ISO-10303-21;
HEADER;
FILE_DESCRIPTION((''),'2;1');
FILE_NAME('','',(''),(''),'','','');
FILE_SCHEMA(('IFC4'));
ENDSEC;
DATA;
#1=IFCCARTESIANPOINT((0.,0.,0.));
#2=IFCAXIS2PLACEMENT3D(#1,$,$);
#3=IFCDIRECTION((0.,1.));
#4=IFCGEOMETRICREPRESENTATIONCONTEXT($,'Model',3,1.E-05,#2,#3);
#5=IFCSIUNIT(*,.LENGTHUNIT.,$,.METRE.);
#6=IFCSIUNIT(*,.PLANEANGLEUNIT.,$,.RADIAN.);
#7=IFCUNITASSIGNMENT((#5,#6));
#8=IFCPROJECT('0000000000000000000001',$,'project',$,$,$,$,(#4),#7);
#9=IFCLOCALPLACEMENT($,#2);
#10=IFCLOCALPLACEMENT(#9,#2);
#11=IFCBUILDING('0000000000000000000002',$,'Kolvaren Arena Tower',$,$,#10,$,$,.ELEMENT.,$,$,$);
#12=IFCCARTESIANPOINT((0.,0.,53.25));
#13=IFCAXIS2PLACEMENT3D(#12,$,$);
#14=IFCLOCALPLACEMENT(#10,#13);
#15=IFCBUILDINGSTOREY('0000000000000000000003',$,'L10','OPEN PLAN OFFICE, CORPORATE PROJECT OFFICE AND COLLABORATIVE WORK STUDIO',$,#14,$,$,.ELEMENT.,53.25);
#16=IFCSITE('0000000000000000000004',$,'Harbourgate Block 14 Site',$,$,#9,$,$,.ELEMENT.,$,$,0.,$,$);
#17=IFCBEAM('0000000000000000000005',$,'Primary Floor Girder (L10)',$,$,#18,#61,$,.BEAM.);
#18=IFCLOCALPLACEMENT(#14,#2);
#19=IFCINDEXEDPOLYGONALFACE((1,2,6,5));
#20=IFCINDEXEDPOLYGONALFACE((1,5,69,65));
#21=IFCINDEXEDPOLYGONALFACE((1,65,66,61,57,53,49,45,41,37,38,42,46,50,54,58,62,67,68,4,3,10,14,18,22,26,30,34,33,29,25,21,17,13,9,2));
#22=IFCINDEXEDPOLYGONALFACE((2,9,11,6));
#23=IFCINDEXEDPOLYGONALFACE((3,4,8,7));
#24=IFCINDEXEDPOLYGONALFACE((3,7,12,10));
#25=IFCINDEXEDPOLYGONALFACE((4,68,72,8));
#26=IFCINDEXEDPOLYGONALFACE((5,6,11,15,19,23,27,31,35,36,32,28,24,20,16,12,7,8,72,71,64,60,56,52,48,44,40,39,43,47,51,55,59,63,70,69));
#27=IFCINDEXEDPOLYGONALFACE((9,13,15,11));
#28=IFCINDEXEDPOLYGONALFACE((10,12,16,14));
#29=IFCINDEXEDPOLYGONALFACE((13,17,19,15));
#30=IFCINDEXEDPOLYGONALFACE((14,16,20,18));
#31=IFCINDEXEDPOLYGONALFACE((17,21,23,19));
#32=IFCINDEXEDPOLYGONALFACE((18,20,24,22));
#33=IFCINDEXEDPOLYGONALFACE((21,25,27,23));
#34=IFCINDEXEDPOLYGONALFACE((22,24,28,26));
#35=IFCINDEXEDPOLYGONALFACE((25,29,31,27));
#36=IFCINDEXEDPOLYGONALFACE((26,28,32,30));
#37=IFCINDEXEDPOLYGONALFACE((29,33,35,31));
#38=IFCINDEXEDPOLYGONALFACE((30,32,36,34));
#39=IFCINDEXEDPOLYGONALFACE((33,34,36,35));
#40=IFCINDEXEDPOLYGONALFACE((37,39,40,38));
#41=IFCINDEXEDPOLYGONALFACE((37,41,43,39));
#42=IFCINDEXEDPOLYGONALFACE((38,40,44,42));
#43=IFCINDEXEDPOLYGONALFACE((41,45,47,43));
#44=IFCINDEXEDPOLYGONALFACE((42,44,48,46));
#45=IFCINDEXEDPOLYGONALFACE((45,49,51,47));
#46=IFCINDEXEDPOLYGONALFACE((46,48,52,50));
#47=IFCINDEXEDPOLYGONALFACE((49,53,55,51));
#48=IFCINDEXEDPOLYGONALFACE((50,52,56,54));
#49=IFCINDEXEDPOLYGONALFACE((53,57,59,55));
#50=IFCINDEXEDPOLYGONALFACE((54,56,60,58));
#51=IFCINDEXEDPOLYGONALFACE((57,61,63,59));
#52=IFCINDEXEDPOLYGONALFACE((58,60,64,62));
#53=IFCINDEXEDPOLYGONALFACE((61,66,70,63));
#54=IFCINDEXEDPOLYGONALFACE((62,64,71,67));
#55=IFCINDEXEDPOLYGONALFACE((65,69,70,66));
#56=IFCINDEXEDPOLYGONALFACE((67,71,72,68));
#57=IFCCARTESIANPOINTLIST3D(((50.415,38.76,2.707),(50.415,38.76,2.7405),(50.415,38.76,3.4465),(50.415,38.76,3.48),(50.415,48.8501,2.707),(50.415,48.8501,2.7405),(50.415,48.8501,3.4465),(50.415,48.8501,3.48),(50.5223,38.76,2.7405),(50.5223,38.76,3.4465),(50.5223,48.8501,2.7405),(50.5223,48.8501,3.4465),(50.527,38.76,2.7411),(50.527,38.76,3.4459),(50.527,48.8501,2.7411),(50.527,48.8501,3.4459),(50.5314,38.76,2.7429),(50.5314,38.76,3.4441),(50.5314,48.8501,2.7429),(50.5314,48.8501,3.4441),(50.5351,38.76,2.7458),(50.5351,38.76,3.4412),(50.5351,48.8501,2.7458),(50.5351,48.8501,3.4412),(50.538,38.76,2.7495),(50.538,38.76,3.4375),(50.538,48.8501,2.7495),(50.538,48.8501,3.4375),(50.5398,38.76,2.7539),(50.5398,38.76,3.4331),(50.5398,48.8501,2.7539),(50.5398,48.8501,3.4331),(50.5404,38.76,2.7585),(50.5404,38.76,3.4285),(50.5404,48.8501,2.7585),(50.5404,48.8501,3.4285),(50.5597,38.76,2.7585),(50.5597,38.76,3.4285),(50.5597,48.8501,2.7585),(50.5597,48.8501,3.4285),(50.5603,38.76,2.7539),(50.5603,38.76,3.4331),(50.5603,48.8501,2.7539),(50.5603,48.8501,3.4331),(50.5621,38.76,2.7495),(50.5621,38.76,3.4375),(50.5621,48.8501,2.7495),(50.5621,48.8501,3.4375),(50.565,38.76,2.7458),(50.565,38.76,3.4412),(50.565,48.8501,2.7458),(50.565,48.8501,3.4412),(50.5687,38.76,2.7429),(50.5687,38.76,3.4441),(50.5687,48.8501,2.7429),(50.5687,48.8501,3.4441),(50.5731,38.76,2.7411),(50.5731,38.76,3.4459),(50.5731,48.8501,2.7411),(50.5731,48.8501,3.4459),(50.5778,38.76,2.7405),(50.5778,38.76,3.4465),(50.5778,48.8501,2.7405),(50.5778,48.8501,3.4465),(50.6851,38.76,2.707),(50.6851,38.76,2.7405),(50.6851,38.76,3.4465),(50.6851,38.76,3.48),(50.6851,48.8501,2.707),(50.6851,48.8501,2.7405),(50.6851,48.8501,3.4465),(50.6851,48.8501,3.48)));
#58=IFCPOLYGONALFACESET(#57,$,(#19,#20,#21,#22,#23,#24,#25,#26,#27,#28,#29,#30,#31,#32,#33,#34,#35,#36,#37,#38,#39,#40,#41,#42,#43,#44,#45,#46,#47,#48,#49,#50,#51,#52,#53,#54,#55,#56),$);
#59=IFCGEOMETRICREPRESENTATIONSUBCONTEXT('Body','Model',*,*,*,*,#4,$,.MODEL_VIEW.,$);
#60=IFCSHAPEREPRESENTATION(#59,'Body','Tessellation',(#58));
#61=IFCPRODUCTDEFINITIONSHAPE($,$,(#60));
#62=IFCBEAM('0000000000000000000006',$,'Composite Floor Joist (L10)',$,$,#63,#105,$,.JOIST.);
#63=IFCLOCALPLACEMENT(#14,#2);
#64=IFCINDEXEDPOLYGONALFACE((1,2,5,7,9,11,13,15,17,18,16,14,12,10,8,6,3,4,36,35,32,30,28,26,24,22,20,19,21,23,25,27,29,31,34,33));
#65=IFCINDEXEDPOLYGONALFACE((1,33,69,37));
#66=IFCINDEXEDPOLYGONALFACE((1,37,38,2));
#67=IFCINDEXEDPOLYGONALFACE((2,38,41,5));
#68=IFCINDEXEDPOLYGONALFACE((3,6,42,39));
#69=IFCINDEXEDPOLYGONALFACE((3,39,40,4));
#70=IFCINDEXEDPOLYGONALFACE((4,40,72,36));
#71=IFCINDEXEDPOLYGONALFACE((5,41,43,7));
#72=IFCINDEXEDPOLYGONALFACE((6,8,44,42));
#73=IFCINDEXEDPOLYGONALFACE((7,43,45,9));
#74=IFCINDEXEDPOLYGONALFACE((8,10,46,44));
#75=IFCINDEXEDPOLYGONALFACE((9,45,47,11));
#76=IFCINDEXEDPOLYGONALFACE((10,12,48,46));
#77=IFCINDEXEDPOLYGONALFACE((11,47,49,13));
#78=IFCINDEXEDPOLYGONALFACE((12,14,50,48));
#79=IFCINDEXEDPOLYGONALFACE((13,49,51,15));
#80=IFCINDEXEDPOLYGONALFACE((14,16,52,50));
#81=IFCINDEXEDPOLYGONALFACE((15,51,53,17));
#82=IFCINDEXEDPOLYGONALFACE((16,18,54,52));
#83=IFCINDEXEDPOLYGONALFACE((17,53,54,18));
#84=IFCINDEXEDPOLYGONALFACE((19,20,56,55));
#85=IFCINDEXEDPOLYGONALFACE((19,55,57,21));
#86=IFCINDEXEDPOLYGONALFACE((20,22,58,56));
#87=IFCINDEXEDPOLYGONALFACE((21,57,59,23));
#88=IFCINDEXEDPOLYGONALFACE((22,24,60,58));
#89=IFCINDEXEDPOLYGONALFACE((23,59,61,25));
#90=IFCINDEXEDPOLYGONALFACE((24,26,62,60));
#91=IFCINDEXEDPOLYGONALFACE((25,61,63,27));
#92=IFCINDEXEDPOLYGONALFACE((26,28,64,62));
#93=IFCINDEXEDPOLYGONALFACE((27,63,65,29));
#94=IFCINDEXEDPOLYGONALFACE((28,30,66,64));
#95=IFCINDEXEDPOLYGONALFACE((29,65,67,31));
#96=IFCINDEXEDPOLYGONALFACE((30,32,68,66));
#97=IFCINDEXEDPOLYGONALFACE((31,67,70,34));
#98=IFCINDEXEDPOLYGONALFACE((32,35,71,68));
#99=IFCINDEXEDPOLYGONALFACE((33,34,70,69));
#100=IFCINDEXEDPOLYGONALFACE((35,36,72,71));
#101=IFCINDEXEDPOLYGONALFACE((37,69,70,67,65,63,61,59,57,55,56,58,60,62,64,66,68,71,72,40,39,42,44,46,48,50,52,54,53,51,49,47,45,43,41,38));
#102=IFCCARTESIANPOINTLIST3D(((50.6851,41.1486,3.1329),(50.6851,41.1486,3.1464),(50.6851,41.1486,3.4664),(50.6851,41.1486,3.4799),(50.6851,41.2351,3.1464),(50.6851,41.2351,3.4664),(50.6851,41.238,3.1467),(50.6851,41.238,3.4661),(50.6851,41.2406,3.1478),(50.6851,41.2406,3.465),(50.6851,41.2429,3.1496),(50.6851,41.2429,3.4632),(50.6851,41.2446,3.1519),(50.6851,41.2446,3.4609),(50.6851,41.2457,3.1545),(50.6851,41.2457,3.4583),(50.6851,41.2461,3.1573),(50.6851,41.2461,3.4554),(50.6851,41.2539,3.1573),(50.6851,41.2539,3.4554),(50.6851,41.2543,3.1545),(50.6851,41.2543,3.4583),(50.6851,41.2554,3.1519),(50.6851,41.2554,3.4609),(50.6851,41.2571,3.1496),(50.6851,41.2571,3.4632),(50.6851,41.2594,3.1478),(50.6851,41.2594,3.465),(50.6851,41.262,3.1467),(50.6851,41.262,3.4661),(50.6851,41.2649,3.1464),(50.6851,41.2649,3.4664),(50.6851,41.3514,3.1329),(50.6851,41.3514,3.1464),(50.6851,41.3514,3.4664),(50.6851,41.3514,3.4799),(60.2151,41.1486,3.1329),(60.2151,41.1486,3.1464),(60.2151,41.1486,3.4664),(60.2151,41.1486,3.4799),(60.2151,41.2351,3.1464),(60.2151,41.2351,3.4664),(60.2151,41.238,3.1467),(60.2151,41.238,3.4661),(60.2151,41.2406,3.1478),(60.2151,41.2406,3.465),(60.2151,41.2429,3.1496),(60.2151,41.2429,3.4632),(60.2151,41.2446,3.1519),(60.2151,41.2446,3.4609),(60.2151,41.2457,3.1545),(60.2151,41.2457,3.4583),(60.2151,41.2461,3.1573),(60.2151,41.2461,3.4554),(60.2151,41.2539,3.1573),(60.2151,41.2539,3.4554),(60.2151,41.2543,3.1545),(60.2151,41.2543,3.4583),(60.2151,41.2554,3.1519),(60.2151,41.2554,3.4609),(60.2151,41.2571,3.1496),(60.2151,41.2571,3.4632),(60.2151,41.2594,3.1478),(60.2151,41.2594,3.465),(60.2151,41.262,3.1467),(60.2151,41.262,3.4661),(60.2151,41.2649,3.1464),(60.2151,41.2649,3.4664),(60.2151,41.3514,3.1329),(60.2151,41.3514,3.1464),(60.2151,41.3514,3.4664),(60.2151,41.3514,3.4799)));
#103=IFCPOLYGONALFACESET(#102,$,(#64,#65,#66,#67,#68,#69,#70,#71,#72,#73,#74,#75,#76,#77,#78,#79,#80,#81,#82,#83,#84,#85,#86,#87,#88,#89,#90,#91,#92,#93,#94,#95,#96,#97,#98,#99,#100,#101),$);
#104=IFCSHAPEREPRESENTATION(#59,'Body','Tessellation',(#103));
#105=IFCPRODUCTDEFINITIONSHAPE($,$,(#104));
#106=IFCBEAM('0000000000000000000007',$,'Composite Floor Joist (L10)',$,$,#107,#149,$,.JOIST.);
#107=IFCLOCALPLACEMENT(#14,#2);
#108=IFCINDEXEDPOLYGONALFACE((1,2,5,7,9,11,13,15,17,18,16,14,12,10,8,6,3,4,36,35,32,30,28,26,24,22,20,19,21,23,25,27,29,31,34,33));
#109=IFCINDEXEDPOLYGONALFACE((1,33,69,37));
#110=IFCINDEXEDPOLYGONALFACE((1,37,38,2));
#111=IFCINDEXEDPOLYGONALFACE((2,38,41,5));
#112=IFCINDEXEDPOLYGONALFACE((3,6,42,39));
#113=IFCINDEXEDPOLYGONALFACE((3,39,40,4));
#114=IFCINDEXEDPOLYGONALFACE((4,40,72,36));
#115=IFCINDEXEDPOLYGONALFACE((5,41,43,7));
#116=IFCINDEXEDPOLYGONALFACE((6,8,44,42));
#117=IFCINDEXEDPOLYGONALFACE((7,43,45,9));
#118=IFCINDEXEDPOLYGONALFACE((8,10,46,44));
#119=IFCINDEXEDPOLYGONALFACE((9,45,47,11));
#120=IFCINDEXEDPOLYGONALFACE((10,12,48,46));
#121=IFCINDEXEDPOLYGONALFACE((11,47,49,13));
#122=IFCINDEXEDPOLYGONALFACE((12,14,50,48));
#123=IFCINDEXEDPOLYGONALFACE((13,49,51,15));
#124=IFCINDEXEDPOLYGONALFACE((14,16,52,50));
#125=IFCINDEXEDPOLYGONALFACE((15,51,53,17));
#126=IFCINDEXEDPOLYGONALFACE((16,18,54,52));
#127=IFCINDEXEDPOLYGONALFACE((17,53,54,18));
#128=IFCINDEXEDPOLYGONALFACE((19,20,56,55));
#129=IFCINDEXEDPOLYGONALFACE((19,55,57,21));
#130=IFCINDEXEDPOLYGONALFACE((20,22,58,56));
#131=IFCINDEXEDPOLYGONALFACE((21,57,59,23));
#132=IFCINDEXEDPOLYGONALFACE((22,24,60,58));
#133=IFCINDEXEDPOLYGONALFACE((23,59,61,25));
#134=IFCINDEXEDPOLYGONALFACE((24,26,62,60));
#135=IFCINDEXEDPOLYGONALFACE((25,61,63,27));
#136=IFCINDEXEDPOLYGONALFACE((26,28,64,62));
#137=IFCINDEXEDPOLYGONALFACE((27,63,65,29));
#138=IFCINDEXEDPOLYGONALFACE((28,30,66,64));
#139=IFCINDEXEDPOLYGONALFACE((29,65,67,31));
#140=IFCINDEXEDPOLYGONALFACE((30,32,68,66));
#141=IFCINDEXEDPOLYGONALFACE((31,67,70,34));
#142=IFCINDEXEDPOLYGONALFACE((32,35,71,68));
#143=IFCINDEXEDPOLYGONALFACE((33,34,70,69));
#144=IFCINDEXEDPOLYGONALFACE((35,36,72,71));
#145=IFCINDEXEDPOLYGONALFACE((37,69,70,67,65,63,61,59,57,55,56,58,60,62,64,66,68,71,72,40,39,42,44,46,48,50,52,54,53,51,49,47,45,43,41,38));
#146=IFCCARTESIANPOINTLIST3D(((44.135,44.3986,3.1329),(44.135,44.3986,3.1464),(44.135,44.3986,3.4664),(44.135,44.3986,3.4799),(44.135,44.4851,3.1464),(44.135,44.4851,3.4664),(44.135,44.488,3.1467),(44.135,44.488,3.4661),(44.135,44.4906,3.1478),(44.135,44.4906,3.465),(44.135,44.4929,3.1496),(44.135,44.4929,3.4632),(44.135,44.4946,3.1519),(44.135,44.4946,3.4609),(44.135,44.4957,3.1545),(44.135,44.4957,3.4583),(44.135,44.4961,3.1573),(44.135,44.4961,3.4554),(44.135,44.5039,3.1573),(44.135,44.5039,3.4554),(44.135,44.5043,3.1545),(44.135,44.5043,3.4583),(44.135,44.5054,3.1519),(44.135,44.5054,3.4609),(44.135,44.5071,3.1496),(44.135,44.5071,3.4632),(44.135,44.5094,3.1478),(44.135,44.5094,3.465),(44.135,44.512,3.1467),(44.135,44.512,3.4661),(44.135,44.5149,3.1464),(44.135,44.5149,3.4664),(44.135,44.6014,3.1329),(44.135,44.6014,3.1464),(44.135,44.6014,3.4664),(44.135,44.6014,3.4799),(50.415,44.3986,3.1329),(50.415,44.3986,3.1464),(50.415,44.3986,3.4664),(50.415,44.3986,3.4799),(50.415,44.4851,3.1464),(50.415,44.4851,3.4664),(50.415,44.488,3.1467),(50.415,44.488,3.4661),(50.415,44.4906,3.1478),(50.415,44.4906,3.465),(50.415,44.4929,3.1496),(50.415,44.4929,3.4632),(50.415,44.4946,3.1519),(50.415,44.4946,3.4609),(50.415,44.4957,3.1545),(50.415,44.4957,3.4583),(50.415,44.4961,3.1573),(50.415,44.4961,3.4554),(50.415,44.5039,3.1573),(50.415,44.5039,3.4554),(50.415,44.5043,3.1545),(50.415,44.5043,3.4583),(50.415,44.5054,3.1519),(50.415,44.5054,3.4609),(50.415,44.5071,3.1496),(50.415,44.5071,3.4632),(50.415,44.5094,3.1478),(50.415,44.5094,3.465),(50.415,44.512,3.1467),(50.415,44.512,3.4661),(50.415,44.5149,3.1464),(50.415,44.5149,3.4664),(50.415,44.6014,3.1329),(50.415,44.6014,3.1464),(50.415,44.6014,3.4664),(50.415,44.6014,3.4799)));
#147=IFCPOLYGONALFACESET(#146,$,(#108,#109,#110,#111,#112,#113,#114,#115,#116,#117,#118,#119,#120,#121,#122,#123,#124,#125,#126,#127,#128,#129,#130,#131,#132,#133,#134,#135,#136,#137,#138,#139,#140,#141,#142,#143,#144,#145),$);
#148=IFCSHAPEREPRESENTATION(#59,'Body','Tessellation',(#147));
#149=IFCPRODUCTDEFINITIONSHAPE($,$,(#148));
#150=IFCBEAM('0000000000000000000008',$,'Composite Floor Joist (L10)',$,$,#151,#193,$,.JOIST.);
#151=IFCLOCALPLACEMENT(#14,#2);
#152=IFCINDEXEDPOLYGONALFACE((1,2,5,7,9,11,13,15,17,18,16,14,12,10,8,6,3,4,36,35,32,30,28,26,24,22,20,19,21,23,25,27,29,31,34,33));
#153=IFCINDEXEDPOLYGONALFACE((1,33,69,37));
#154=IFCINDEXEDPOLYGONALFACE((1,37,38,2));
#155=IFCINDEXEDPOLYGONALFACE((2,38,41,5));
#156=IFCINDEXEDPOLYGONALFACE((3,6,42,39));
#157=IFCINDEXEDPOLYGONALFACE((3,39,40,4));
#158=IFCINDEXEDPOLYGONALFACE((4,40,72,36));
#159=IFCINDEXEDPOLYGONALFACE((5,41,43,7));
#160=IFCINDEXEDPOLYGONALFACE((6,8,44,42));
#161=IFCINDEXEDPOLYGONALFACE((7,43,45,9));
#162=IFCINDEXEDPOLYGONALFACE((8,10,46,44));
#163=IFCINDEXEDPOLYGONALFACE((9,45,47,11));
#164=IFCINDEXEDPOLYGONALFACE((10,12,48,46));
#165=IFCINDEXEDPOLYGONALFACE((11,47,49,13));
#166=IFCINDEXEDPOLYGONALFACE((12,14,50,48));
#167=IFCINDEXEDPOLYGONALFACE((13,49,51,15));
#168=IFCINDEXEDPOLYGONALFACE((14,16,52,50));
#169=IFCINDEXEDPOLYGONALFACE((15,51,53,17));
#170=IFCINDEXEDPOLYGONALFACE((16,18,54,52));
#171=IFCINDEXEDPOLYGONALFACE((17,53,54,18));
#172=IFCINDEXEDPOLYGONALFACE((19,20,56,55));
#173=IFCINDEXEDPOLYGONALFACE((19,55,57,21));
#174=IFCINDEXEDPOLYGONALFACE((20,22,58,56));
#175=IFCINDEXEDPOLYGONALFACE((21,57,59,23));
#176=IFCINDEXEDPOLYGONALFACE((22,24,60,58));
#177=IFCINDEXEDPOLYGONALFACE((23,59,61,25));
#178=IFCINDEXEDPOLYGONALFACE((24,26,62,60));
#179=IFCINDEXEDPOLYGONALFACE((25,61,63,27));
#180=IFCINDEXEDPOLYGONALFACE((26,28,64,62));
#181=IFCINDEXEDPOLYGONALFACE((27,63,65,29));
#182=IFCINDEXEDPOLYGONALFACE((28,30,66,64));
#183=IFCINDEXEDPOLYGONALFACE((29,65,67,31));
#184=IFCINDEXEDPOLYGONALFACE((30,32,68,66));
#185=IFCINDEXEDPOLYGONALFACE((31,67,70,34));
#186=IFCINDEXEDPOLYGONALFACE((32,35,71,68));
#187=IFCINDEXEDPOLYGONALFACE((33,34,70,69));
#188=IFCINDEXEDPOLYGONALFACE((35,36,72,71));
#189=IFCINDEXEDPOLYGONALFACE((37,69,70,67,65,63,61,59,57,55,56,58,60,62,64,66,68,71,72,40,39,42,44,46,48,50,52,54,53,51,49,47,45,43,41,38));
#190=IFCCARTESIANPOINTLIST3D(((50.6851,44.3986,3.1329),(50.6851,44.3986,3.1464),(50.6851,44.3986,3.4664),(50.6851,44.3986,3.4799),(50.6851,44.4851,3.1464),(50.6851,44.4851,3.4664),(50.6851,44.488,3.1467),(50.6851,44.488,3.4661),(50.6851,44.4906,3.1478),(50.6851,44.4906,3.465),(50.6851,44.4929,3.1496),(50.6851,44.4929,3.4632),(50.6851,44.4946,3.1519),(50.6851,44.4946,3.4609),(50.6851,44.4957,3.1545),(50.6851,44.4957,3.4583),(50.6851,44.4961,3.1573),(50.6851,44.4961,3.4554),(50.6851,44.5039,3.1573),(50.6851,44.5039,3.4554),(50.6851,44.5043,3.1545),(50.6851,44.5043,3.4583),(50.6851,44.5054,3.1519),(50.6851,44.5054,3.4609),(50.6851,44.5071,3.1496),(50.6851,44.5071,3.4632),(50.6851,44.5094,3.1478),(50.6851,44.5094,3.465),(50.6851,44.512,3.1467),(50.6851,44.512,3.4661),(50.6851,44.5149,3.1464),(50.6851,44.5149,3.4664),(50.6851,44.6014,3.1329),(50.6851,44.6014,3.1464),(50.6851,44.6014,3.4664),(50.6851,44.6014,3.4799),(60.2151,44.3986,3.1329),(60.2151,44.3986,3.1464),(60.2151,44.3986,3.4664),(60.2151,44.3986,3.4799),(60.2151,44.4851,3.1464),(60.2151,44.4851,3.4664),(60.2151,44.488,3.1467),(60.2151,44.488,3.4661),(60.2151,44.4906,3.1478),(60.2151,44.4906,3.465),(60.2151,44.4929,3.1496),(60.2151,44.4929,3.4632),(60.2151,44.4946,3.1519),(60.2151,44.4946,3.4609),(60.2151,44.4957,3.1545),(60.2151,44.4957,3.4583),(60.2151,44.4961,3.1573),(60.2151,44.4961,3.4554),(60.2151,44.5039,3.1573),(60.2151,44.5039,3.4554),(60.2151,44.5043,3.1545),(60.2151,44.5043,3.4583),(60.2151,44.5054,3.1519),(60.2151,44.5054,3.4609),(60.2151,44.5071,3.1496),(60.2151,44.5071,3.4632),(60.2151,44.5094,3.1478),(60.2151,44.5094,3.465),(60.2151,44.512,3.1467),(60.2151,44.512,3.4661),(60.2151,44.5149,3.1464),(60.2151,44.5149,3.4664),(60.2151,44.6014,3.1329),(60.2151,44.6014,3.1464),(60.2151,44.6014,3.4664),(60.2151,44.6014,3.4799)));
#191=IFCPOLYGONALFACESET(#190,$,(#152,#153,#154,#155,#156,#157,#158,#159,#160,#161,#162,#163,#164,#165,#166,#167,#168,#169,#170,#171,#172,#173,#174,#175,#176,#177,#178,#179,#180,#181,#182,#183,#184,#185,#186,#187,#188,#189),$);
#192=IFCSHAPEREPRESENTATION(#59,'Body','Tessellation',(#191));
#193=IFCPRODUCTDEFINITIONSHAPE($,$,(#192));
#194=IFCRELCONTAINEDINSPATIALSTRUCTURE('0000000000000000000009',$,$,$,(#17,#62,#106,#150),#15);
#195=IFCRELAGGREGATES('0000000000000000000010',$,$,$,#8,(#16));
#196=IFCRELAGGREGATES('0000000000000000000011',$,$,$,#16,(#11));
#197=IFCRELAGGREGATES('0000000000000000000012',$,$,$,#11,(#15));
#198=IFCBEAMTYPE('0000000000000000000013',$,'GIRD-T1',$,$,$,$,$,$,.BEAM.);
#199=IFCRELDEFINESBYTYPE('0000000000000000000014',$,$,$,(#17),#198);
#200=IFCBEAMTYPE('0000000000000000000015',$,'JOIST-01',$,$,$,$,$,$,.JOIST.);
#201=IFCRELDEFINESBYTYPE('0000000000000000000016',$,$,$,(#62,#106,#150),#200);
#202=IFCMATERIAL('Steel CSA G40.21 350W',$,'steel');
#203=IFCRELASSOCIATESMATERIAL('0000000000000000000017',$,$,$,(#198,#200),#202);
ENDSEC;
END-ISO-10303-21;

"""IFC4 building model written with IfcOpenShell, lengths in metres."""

from ifc_helpers import new_model, si_unit, direction, frame, origin, origin_2d, place, context, subcontext, project, spatial, i_section, extrude, material, material_profile, profile_set, type_object, element, save


model = new_model("IFC4")

# Units and contexts
model_context = context("Model", 3, precision=1e-05, world=origin(), true_north=direction((0.0, 1.0)))
body_context = subcontext(model_context, "Body", "Model", "MODEL_VIEW")
ifc_project = project(units=[si_unit("LENGTHUNIT", "METRE"), si_unit("PLANEANGLEUNIT", "RADIAN")], contexts=[model_context])

# Site, building, storey
site_placement = place(None, origin())
site = spatial("IfcSite", under=ifc_project, at=site_placement, Name="Harbourgate Block 14 Site", CompositionType="ELEMENT", RefElevation=0.0)
building_placement = place(site_placement, origin())
building = spatial("IfcBuilding", under=site, at=building_placement, Name="Kolvaren Arena Tower", CompositionType="ELEMENT")
storey_placement = place(building_placement, frame((0.0, 0.0, 53.25)))
storey = spatial("IfcBuildingStorey", under=building, at=storey_placement, Name="L10", Description="OPEN PLAN OFFICE, CORPORATE PROJECT OFFICE AND COLLABORATIVE WORK STUDIO", CompositionType="ELEMENT", Elevation=53.25)

# Beams
ifc_material_1 = material(Name="Steel CSA G40.21 350W", Category="steel")
ifc_material_profile_1 = material_profile(ifc_material_1, i_section(OverallWidth=0.27, OverallDepth=0.7729, WebThickness=0.0193, FlangeThickness=0.0334, FilletRadius=0.0181, at=origin_2d()), Name="W760x257")
ifc_profile_set_1 = profile_set([ifc_material_profile_1], Name="Steel CSA G40.21 350W")
beam_type_1 = type_object("IfcBeamType", Name="GIRD-T1", PredefinedType="BEAM", material=ifc_profile_set_1)
beam_1_placement = place(storey_placement, frame((50.55, 38.76, 3.0935), z_axis=(0.0, 1.0, 0.0), x_axis=(-1.0, 0.0, 0.0)))
element("IfcBeam", 1, at=beam_1_placement, inside=storey, type_object=beam_type_1, Name="Primary Floor Girder (L10)", PredefinedType="BEAM", context=body_context, shape_type="SweptSolid", body=[
    extrude(i_section(OverallWidth=0.27, OverallDepth=0.7729, WebThickness=0.0193, FlangeThickness=0.0334, FilletRadius=0.0181, at=origin_2d()), origin(), (0.0, 0.0, 1.0), 10.0901),
])
ifc_material_profile_2 = material_profile(ifc_material_1, i_section(OverallWidth=0.2029, OverallDepth=0.3469, WebThickness=0.0078, FlangeThickness=0.0134, FilletRadius=0.011, at=origin_2d()), Name="W360x64")
ifc_profile_set_2 = profile_set([ifc_material_profile_2], Name="Steel CSA G40.21 350W")
beam_type_2 = type_object("IfcBeamType", Name="JOIST-01", PredefinedType="JOIST", material=ifc_profile_set_2)
beam_2_placement = place(storey_placement, frame((50.6851, 41.25, 3.3064), z_axis=(1.0, 0.0, 0.0), x_axis=(0.0, 1.0, 0.0)))
element("IfcBeam", 2, at=beam_2_placement, inside=storey, type_object=beam_type_2, Name="Composite Floor Joist (L10)", PredefinedType="JOIST", context=body_context, shape_type="SweptSolid", body=[
    extrude(i_section(OverallWidth=0.2029, OverallDepth=0.3469, WebThickness=0.0078, FlangeThickness=0.0134, FilletRadius=0.011, at=origin_2d()), origin(), (0.0, 0.0, 1.0), 9.53),
])
beam_3_placement = place(storey_placement, frame((44.135, 44.5, 3.3064), z_axis=(1.0, 0.0, 0.0), x_axis=(0.0, 1.0, 0.0)))
element("IfcBeam", 3, at=beam_3_placement, inside=storey, type_object=beam_type_2, Name="Composite Floor Joist (L10)", PredefinedType="JOIST", context=body_context, shape_type="SweptSolid", body=[
    extrude(i_section(OverallWidth=0.2029, OverallDepth=0.3469, WebThickness=0.0078, FlangeThickness=0.0134, FilletRadius=0.011, at=origin_2d()), origin(), (0.0, 0.0, 1.0), 6.28),
])
beam_4_placement = place(storey_placement, frame((50.6851, 44.5, 3.3064), z_axis=(1.0, 0.0, 0.0), x_axis=(0.0, 1.0, 0.0)))
element("IfcBeam", 4, at=beam_4_placement, inside=storey, type_object=beam_type_2, Name="Composite Floor Joist (L10)", PredefinedType="JOIST", context=body_context, shape_type="SweptSolid", body=[
    extrude(i_section(OverallWidth=0.2029, OverallDepth=0.3469, WebThickness=0.0078, FlangeThickness=0.0134, FilletRadius=0.011, at=origin_2d()), origin(), (0.0, 0.0, 1.0), 9.53),
])

save(model, "model.ifc")
